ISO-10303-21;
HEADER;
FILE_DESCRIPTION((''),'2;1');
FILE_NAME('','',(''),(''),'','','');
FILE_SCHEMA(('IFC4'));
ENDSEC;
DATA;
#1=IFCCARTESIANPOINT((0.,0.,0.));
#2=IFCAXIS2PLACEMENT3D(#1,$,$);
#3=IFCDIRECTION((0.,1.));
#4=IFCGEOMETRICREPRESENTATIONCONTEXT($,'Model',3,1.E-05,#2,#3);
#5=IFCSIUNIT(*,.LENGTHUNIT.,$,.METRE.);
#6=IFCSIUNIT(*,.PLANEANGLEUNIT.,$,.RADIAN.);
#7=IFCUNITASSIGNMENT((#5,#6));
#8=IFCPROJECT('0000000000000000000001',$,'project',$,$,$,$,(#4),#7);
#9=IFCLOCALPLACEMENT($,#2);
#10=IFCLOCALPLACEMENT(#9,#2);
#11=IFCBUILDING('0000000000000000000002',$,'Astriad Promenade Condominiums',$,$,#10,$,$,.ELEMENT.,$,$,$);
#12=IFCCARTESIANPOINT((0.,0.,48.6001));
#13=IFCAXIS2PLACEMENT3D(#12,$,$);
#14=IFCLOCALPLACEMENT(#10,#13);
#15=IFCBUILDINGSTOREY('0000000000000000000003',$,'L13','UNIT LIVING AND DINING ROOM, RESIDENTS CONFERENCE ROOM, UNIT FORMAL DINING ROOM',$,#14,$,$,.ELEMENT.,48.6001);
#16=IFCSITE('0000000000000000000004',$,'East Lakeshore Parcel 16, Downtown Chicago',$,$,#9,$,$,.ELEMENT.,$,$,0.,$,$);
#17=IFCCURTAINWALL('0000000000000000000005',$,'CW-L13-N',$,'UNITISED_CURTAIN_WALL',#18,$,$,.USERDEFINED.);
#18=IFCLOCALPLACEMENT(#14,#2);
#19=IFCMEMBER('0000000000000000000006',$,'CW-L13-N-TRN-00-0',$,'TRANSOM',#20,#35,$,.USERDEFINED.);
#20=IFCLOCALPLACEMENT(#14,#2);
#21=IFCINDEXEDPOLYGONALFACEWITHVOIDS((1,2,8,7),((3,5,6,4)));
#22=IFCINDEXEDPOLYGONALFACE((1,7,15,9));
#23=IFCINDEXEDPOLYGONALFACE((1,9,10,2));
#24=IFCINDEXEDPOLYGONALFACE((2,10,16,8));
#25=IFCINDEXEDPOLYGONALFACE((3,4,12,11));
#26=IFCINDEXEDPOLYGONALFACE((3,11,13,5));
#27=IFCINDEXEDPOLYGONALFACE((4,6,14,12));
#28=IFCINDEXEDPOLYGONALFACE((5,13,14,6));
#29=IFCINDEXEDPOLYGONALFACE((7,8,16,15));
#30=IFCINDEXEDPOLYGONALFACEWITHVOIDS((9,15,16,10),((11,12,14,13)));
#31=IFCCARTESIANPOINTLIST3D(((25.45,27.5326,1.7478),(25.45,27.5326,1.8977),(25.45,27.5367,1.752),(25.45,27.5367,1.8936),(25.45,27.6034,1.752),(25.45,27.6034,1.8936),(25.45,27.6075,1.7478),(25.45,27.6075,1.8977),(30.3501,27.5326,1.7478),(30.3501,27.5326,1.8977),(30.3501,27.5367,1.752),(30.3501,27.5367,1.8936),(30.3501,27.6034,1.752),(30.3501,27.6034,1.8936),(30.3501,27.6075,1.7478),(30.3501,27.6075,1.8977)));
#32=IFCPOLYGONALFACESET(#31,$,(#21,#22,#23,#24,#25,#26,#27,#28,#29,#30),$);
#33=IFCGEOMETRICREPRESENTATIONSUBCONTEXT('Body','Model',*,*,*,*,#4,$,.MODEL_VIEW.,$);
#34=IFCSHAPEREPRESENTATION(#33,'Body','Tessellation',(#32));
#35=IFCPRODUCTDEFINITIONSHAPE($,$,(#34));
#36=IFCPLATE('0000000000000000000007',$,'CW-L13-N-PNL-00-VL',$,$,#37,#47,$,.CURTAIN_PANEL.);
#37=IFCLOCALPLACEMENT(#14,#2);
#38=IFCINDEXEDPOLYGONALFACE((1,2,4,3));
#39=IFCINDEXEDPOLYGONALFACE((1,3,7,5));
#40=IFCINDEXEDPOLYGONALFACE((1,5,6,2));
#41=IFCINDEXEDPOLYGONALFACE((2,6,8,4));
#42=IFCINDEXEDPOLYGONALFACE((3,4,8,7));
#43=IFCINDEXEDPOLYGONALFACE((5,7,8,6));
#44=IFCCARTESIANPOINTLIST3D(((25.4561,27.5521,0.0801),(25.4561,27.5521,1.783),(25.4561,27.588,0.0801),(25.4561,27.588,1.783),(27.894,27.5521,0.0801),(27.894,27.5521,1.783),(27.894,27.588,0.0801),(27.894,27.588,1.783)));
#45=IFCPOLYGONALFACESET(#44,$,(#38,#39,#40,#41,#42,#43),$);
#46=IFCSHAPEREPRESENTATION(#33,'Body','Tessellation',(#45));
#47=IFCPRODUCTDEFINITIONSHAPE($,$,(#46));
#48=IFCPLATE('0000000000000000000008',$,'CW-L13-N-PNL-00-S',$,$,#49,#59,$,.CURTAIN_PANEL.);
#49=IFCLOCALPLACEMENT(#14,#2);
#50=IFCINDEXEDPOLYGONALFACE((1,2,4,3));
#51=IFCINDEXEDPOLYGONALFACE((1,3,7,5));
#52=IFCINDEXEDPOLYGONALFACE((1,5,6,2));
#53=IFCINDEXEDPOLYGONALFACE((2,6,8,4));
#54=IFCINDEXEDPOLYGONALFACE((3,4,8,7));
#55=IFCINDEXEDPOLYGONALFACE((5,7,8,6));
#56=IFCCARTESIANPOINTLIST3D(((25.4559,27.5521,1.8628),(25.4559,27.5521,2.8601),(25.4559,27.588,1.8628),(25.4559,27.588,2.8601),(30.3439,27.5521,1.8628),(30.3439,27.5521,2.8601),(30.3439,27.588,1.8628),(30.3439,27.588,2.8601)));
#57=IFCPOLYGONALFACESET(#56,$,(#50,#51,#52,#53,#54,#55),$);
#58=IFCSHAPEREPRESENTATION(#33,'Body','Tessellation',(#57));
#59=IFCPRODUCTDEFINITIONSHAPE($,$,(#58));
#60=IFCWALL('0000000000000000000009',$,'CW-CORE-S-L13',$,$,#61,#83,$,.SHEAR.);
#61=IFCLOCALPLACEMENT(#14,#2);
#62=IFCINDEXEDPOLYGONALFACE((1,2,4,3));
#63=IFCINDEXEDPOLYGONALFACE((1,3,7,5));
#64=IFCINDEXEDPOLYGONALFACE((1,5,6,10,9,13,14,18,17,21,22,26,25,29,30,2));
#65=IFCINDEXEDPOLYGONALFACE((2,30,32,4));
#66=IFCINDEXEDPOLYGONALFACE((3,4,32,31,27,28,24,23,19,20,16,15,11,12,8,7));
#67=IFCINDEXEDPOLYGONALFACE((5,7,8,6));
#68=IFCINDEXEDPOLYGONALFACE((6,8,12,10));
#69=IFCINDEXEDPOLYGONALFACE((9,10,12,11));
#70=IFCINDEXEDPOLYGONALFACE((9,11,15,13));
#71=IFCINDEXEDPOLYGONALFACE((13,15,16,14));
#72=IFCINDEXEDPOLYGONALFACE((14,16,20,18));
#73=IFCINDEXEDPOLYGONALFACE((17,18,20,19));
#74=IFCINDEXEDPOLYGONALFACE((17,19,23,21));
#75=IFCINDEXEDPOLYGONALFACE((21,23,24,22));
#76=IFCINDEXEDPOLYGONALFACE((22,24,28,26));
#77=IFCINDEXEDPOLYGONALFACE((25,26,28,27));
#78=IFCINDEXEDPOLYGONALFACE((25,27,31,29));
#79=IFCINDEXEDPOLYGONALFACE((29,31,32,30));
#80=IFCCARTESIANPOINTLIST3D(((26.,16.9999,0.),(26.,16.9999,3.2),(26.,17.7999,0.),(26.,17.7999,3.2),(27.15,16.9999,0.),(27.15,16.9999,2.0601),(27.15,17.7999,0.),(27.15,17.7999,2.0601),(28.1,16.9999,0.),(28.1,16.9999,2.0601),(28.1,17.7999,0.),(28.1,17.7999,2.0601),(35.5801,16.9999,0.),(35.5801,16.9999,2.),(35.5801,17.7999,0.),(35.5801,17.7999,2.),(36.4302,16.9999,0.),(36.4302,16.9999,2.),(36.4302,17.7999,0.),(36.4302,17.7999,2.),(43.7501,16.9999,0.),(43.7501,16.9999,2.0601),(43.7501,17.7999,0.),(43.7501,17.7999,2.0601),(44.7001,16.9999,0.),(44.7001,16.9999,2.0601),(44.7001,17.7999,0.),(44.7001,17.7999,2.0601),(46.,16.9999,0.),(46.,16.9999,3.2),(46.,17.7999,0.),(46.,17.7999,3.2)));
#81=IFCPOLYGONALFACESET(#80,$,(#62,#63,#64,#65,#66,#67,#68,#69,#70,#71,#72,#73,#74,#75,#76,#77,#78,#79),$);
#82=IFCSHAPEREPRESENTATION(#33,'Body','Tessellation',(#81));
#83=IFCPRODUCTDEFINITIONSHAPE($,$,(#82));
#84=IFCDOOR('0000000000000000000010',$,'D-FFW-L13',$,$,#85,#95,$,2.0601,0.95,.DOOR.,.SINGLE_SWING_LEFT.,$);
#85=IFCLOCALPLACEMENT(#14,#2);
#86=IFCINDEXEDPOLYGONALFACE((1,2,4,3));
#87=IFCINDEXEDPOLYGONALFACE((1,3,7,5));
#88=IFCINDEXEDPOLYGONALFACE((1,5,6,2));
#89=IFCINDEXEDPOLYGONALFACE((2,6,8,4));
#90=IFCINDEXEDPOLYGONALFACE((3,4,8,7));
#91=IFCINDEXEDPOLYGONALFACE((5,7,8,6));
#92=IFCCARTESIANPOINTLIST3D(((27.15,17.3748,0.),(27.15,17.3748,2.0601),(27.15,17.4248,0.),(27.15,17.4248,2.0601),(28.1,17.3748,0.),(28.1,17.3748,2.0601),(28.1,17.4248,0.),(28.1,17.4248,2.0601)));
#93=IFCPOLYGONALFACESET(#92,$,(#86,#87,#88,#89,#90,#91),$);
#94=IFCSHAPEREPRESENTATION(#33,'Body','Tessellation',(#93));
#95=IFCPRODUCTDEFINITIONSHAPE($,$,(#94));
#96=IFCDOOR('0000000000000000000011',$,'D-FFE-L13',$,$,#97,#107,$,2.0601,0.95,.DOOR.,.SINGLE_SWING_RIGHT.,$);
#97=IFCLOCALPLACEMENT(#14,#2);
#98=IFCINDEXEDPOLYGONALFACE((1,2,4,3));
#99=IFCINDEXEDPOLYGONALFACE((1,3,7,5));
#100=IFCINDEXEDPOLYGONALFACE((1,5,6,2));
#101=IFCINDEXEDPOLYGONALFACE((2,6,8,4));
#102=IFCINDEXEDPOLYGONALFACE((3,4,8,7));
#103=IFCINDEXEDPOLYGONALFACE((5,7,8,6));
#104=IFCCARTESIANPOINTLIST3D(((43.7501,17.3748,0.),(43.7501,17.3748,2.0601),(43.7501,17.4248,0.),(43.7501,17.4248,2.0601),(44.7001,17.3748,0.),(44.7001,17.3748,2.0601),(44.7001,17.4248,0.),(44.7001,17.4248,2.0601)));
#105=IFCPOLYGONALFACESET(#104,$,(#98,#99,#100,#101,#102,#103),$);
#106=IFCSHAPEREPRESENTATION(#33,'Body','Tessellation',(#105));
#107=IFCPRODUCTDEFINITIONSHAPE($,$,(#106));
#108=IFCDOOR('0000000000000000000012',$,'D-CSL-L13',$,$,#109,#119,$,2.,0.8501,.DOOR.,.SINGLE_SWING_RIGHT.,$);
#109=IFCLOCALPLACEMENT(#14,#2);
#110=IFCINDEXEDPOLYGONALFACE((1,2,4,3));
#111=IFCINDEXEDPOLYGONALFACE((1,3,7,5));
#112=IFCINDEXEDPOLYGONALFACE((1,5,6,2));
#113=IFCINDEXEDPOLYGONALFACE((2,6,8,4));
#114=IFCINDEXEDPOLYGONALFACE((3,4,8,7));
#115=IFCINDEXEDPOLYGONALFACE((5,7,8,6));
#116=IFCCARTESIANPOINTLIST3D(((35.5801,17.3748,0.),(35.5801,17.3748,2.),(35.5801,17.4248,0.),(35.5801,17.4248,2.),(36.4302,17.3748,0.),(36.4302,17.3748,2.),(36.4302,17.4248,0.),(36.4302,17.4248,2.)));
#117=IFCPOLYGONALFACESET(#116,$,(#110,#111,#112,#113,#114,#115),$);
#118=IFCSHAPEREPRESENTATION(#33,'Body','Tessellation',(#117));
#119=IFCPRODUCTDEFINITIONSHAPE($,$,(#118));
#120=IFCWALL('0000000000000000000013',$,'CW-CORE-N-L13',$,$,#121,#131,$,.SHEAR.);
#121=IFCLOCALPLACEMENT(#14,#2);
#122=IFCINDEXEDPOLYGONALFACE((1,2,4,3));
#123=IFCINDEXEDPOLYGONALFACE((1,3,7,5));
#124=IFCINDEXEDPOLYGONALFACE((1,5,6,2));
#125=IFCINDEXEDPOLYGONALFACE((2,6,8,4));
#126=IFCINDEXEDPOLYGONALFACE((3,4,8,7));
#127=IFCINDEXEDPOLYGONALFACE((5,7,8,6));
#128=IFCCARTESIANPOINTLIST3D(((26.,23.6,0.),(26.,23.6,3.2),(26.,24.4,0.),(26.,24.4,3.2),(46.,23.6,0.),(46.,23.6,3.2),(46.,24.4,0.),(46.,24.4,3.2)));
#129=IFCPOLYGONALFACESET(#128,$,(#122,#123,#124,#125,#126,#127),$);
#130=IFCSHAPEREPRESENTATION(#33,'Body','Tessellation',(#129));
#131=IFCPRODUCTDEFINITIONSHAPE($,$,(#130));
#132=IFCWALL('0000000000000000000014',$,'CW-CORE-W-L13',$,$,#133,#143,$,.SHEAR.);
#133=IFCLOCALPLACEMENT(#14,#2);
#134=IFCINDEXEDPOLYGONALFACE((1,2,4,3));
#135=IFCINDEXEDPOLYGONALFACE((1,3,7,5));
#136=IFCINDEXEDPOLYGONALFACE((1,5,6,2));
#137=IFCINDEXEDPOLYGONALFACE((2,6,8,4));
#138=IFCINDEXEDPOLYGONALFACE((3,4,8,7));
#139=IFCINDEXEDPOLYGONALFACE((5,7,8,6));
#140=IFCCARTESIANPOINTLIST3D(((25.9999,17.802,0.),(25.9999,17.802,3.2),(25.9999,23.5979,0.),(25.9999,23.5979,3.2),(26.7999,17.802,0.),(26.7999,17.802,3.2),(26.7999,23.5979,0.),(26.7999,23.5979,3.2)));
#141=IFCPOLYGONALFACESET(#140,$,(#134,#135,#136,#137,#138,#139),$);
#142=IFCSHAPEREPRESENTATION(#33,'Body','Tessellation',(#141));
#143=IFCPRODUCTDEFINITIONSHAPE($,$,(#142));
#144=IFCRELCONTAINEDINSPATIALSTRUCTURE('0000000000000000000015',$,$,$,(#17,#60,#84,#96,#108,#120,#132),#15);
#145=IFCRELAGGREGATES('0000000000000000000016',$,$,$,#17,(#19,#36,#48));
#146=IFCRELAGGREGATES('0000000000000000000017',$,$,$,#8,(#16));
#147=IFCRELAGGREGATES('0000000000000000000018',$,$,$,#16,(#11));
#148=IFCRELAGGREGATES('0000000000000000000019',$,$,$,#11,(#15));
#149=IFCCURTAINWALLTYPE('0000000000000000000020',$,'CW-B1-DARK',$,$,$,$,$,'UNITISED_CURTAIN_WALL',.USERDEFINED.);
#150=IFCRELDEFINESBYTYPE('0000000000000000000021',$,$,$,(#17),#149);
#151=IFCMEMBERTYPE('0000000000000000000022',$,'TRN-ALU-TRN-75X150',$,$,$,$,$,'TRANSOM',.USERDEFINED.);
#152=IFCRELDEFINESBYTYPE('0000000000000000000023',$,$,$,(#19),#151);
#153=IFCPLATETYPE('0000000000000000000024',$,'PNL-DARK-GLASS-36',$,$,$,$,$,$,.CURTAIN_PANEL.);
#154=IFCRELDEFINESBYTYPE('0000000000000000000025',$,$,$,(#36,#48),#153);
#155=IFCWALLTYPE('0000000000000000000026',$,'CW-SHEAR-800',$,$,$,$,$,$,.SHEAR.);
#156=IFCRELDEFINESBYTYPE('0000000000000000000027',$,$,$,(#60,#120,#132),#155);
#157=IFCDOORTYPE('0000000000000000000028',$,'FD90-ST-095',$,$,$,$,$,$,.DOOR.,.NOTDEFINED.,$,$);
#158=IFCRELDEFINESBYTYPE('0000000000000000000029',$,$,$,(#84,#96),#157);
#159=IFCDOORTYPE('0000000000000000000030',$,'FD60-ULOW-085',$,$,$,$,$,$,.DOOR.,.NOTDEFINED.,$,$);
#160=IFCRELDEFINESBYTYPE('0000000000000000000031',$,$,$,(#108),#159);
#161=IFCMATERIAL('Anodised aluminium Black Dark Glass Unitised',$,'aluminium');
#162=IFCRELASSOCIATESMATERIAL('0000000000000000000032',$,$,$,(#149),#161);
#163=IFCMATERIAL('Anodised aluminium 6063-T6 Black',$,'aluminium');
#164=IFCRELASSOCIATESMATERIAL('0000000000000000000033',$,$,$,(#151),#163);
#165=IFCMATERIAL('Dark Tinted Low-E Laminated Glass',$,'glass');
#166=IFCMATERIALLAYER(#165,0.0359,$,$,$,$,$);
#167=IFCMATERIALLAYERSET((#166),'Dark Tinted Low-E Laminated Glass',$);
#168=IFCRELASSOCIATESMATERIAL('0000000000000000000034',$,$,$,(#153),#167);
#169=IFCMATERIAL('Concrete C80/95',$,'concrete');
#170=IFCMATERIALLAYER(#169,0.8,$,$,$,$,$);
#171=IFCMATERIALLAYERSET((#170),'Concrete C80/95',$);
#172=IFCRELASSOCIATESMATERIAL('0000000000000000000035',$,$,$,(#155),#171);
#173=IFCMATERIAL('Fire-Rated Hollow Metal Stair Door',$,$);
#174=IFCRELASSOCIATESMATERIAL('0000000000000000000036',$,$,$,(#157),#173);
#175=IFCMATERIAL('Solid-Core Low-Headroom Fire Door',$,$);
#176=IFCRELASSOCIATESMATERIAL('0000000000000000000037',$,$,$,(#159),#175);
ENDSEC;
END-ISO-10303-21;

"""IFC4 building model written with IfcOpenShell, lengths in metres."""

from ifc_helpers import new_model, si_unit, direction, frame, frame_2d, origin, origin_2d, place, context, subcontext, project, spatial, rectangle, hollow_rectangle, extrude, source, transform, mapped, material, layer, layer_set, material_profile, profile_set, type_object, type_shapes, element, fill, aggregate, save


model = new_model("IFC4")

# Units and contexts
model_context = context("Model", 3, precision=1e-05, world=origin(), true_north=direction((0.0, 1.0)))
body_context = subcontext(model_context, "Body", "Model", "MODEL_VIEW")
ifc_project = project(units=[si_unit("LENGTHUNIT", "METRE"), si_unit("PLANEANGLEUNIT", "RADIAN")], contexts=[model_context])

# Site, building, storey
site_placement = place(None, origin())
site = spatial("IfcSite", under=ifc_project, at=site_placement, Name="East Lakeshore Parcel 16, Downtown Chicago", CompositionType="ELEMENT", RefElevation=0.0)
building_placement = place(site_placement, origin())
building = spatial("IfcBuilding", under=site, at=building_placement, Name="Astriad Promenade Condominiums", CompositionType="ELEMENT")
storey_placement = place(building_placement, frame((0.0, 0.0, 48.6001)))
storey = spatial("IfcBuildingStorey", under=building, at=storey_placement, Name="L13", Description="UNIT LIVING AND DINING ROOM, RESIDENTS CONFERENCE ROOM, UNIT FORMAL DINING ROOM", CompositionType="ELEMENT", Elevation=48.6001)

# Shared definitions
ifc_material_1 = material(Name="Concrete C80/95", Category="concrete")

# Curtain wall, member, plates
ifc_material_2 = material(Name="Anodised aluminium Black Dark Glass Unitised", Category="aluminium")
curtain_wall_type = type_object("IfcCurtainWallType", Name="CW-B1-DARK", ElementType="UNITISED_CURTAIN_WALL", PredefinedType="USERDEFINED", material=ifc_material_2)
curtain_wall_placement = place(storey_placement, origin())
curtain_wall = element("IfcCurtainWall", 1, at=curtain_wall_placement, inside=storey, type_object=curtain_wall_type, Name="CW-L13-N", ObjectType="UNITISED_CURTAIN_WALL", PredefinedType="USERDEFINED")
ifc_material_3 = material(Name="Anodised aluminium 6063-T6 Black", Category="aluminium")
ifc_material_profile_1 = material_profile(ifc_material_3, hollow_rectangle(XDim=0.075, YDim=0.1499, WallThickness=0.0042, at=origin_2d()), Name="ALU-TRN-75X150")
ifc_profile_set_1 = profile_set([ifc_material_profile_1], Name="Anodised aluminium 6063-T6 Black")
member_type_1 = type_object("IfcMemberType", Name="TRN-ALU-TRN-75X150", ElementType="TRANSOM", PredefinedType="USERDEFINED", material=ifc_profile_set_1)
shared_shape_1 = source(origin(), body_context, "Body", "SweptSolid", [
    extrude(hollow_rectangle(XDim=0.075, YDim=0.1499, WallThickness=0.0042, at=origin_2d()), origin(), (0.0, 0.0, 1.0), 4.9001),
])
type_shapes(member_type_1, [shared_shape_1])
member_1_placement = place(storey_placement, frame((25.45, 27.5701, 1.8228), z_axis=(1.0, 0.0, 0.0), x_axis=(0.0, 1.0, 0.0)))
member_1 = element("IfcMember", 2, at=member_1_placement, type_object=member_type_1, Name="CW-L13-N-TRN-00-0", ObjectType="TRANSOM", PredefinedType="USERDEFINED", context=body_context, shape_type="MappedRepresentation", body=[
    mapped(shared_shape_1, transform((0.0, 0.0, 0.0), scale=1.0)),
])
ifc_material_4 = material(Name="Dark Tinted Low-E Laminated Glass", Category="glass")
ifc_layer_1 = layer(ifc_material_4, 0.0359)
ifc_layer_set_1 = layer_set([ifc_layer_1], Name="Dark Tinted Low-E Laminated Glass")
plate_type = type_object("IfcPlateType", Name="PNL-DARK-GLASS-36", PredefinedType="CURTAIN_PANEL", material=ifc_layer_set_1)
shared_shape_2 = source(origin(), body_context, "Body", "SweptSolid", [
    extrude(rectangle(XDim=2.438, YDim=0.0359, at=origin_2d()), origin(), (0.0, 0.0, 1.0), 1.7029),
])
plate_1_placement = place(storey_placement, frame((26.675, 27.5701, 0.0801), z_axis=(0.0, 0.0, 1.0), x_axis=(1.0, 0.0, 0.0)))
plate_1 = element("IfcPlate", 3, at=plate_1_placement, type_object=plate_type, Name="CW-L13-N-PNL-00-VL", PredefinedType="CURTAIN_PANEL", context=body_context, shape_type="MappedRepresentation", body=[
    mapped(shared_shape_2, transform((0.0, 0.0, 0.0), scale=1.0)),
])
shared_shape_3 = source(origin(), body_context, "Body", "SweptSolid", [
    extrude(rectangle(XDim=4.8879, YDim=0.0359, at=origin_2d()), origin(), (0.0, 0.0, 1.0), 0.9973),
])
type_shapes(plate_type, [shared_shape_2, shared_shape_3])
plate_2_placement = place(storey_placement, frame((27.8999, 27.5701, 1.8628), z_axis=(0.0, 0.0, 1.0), x_axis=(1.0, 0.0, 0.0)))
plate_2 = element("IfcPlate", 4, at=plate_2_placement, type_object=plate_type, Name="CW-L13-N-PNL-00-S", PredefinedType="CURTAIN_PANEL", context=body_context, shape_type="MappedRepresentation", body=[
    mapped(shared_shape_3, transform((0.0, 0.0, 0.0), scale=1.0)),
])
aggregate(curtain_wall, [member_1, plate_1, plate_2])

# Wall, openings, doors
ifc_layer_2 = layer(ifc_material_1, 0.8)
ifc_layer_set_2 = layer_set([ifc_layer_2], Name="Concrete C80/95")
wall_type_1 = type_object("IfcWallType", Name="CW-SHEAR-800", PredefinedType="SHEAR", material=ifc_layer_set_2)
wall_1_placement = place(storey_placement, frame((26.0, 17.3999, 0.0), z_axis=(0.0, 0.0, 1.0), x_axis=(1.0, 0.0, 0.0)))
wall_1 = element("IfcWall", 5, at=wall_1_placement, inside=storey, type_object=wall_type_1, Name="CW-CORE-S-L13", PredefinedType="SHEAR", context=body_context, shape_type="SweptSolid", body=[
    extrude(rectangle(XDim=20.0, YDim=0.8, at=frame_2d((10.0, 0.0))), origin(), (0.0, 0.0, 1.0), 3.2),
])
opening_1_placement = place(wall_1_placement, frame((1.1499, 0.0, 0.0)))
opening_1 = element("IfcOpeningElement", 6, at=opening_1_placement, cuts=wall_1, PredefinedType="OPENING", context=body_context, shape_type="SweptSolid", body=[
    extrude(rectangle(XDim=0.95, YDim=2.0601, at=frame_2d((0.4751, 1.03))), frame((0.0, 0.4099, 0.0), z_axis=(0.0, -1.0, 0.0), x_axis=(1.0, 0.0, 0.0)), (0.0, 0.0, 1.0), 0.8201),
])
opening_2_placement = place(wall_1_placement, frame((9.5801, 0.0, 0.0)))
opening_2 = element("IfcOpeningElement", 7, at=opening_2_placement, cuts=wall_1, PredefinedType="OPENING", context=body_context, shape_type="SweptSolid", body=[
    extrude(rectangle(XDim=0.8501, YDim=2.0, at=frame_2d((0.425, 1.0))), frame((0.0, 0.4099, 0.0), z_axis=(0.0, -1.0, 0.0), x_axis=(1.0, 0.0, 0.0)), (0.0, 0.0, 1.0), 0.8201),
])
opening_3_placement = place(wall_1_placement, frame((17.75, 0.0, 0.0)))
opening_3 = element("IfcOpeningElement", 8, at=opening_3_placement, cuts=wall_1, PredefinedType="OPENING", context=body_context, shape_type="SweptSolid", body=[
    extrude(rectangle(XDim=0.95, YDim=2.0601, at=frame_2d((0.4751, 1.03))), frame((0.0, 0.4099, 0.0), z_axis=(0.0, -1.0, 0.0), x_axis=(1.0, 0.0, 0.0)), (0.0, 0.0, 1.0), 0.8201),
])
ifc_material_5 = material(Name="Fire-Rated Hollow Metal Stair Door")
door_type_1 = type_object("IfcDoorType", Name="FD90-ST-095", OperationType="NOTDEFINED", PredefinedType="DOOR", material=ifc_material_5)
shared_shape_4 = source(origin(), body_context, "Body", "SweptSolid", [
    extrude(rectangle(XDim=0.95, YDim=2.0601, at=frame_2d((0.4751, 1.03))), frame((0.0, 0.0249, 0.0), z_axis=(0.0, -1.0, 0.0), x_axis=(1.0, 0.0, 0.0)), (0.0, 0.0, 1.0), 0.05),
])
type_shapes(door_type_1, [shared_shape_4])
door_1_placement = place(opening_1_placement, origin())
door_1 = element("IfcDoor", 9, at=door_1_placement, inside=storey, type_object=door_type_1, Name="D-FFW-L13", OperationType="SINGLE_SWING_LEFT", OverallHeight=2.0601, OverallWidth=0.95, PredefinedType="DOOR", context=body_context, shape_type="MappedRepresentation", body=[
    mapped(shared_shape_4, transform((0.0, 0.0, 0.0), scale=1.0)),
])
fill(opening_1, door_1)
door_2_placement = place(opening_3_placement, origin())
door_2 = element("IfcDoor", 10, at=door_2_placement, inside=storey, type_object=door_type_1, Name="D-FFE-L13", OperationType="SINGLE_SWING_RIGHT", OverallHeight=2.0601, OverallWidth=0.95, PredefinedType="DOOR", context=body_context, shape_type="MappedRepresentation", body=[
    mapped(shared_shape_4, transform((0.0, 0.0, 0.0), scale=1.0)),
])
fill(opening_3, door_2)
ifc_material_6 = material(Name="Solid-Core Low-Headroom Fire Door")
door_type_2 = type_object("IfcDoorType", Name="FD60-ULOW-085", OperationType="NOTDEFINED", PredefinedType="DOOR", material=ifc_material_6)
shared_shape_5 = source(origin(), body_context, "Body", "SweptSolid", [
    extrude(rectangle(XDim=0.8501, YDim=2.0, at=frame_2d((0.425, 1.0))), frame((0.0, 0.0249, 0.0), z_axis=(0.0, -1.0, 0.0), x_axis=(1.0, 0.0, 0.0)), (0.0, 0.0, 1.0), 0.05),
])
type_shapes(door_type_2, [shared_shape_5])
door_3_placement = place(opening_2_placement, origin())
door_3 = element("IfcDoor", 11, at=door_3_placement, inside=storey, type_object=door_type_2, Name="D-CSL-L13", OperationType="SINGLE_SWING_RIGHT", OverallHeight=2.0, OverallWidth=0.8501, PredefinedType="DOOR", context=body_context, shape_type="MappedRepresentation", body=[
    mapped(shared_shape_5, transform((0.0, 0.0, 0.0), scale=1.0)),
])
fill(opening_2, door_3)

# Walls
wall_2_placement = place(storey_placement, frame((26.0, 24.0, 0.0), z_axis=(0.0, 0.0, 1.0), x_axis=(1.0, 0.0, 0.0)))
element("IfcWall", 12, at=wall_2_placement, inside=storey, type_object=wall_type_1, Name="CW-CORE-N-L13", PredefinedType="SHEAR", context=body_context, shape_type="SweptSolid", body=[
    extrude(rectangle(XDim=20.0, YDim=0.8, at=frame_2d((10.0, 0.0))), origin(), (0.0, 0.0, 1.0), 3.2),
])
wall_3_placement = place(storey_placement, frame((26.3999, 17.802, 0.0), z_axis=(0.0, 0.0, 1.0), x_axis=(0.0, 1.0, 0.0)))
element("IfcWall", 13, at=wall_3_placement, inside=storey, type_object=wall_type_1, Name="CW-CORE-W-L13", PredefinedType="SHEAR", context=body_context, shape_type="SweptSolid", body=[
    extrude(rectangle(XDim=5.7959, YDim=0.8, at=frame_2d((2.8979, 0.0))), origin(), (0.0, 0.0, 1.0), 3.2),
])

save(model, "model.ifc")
